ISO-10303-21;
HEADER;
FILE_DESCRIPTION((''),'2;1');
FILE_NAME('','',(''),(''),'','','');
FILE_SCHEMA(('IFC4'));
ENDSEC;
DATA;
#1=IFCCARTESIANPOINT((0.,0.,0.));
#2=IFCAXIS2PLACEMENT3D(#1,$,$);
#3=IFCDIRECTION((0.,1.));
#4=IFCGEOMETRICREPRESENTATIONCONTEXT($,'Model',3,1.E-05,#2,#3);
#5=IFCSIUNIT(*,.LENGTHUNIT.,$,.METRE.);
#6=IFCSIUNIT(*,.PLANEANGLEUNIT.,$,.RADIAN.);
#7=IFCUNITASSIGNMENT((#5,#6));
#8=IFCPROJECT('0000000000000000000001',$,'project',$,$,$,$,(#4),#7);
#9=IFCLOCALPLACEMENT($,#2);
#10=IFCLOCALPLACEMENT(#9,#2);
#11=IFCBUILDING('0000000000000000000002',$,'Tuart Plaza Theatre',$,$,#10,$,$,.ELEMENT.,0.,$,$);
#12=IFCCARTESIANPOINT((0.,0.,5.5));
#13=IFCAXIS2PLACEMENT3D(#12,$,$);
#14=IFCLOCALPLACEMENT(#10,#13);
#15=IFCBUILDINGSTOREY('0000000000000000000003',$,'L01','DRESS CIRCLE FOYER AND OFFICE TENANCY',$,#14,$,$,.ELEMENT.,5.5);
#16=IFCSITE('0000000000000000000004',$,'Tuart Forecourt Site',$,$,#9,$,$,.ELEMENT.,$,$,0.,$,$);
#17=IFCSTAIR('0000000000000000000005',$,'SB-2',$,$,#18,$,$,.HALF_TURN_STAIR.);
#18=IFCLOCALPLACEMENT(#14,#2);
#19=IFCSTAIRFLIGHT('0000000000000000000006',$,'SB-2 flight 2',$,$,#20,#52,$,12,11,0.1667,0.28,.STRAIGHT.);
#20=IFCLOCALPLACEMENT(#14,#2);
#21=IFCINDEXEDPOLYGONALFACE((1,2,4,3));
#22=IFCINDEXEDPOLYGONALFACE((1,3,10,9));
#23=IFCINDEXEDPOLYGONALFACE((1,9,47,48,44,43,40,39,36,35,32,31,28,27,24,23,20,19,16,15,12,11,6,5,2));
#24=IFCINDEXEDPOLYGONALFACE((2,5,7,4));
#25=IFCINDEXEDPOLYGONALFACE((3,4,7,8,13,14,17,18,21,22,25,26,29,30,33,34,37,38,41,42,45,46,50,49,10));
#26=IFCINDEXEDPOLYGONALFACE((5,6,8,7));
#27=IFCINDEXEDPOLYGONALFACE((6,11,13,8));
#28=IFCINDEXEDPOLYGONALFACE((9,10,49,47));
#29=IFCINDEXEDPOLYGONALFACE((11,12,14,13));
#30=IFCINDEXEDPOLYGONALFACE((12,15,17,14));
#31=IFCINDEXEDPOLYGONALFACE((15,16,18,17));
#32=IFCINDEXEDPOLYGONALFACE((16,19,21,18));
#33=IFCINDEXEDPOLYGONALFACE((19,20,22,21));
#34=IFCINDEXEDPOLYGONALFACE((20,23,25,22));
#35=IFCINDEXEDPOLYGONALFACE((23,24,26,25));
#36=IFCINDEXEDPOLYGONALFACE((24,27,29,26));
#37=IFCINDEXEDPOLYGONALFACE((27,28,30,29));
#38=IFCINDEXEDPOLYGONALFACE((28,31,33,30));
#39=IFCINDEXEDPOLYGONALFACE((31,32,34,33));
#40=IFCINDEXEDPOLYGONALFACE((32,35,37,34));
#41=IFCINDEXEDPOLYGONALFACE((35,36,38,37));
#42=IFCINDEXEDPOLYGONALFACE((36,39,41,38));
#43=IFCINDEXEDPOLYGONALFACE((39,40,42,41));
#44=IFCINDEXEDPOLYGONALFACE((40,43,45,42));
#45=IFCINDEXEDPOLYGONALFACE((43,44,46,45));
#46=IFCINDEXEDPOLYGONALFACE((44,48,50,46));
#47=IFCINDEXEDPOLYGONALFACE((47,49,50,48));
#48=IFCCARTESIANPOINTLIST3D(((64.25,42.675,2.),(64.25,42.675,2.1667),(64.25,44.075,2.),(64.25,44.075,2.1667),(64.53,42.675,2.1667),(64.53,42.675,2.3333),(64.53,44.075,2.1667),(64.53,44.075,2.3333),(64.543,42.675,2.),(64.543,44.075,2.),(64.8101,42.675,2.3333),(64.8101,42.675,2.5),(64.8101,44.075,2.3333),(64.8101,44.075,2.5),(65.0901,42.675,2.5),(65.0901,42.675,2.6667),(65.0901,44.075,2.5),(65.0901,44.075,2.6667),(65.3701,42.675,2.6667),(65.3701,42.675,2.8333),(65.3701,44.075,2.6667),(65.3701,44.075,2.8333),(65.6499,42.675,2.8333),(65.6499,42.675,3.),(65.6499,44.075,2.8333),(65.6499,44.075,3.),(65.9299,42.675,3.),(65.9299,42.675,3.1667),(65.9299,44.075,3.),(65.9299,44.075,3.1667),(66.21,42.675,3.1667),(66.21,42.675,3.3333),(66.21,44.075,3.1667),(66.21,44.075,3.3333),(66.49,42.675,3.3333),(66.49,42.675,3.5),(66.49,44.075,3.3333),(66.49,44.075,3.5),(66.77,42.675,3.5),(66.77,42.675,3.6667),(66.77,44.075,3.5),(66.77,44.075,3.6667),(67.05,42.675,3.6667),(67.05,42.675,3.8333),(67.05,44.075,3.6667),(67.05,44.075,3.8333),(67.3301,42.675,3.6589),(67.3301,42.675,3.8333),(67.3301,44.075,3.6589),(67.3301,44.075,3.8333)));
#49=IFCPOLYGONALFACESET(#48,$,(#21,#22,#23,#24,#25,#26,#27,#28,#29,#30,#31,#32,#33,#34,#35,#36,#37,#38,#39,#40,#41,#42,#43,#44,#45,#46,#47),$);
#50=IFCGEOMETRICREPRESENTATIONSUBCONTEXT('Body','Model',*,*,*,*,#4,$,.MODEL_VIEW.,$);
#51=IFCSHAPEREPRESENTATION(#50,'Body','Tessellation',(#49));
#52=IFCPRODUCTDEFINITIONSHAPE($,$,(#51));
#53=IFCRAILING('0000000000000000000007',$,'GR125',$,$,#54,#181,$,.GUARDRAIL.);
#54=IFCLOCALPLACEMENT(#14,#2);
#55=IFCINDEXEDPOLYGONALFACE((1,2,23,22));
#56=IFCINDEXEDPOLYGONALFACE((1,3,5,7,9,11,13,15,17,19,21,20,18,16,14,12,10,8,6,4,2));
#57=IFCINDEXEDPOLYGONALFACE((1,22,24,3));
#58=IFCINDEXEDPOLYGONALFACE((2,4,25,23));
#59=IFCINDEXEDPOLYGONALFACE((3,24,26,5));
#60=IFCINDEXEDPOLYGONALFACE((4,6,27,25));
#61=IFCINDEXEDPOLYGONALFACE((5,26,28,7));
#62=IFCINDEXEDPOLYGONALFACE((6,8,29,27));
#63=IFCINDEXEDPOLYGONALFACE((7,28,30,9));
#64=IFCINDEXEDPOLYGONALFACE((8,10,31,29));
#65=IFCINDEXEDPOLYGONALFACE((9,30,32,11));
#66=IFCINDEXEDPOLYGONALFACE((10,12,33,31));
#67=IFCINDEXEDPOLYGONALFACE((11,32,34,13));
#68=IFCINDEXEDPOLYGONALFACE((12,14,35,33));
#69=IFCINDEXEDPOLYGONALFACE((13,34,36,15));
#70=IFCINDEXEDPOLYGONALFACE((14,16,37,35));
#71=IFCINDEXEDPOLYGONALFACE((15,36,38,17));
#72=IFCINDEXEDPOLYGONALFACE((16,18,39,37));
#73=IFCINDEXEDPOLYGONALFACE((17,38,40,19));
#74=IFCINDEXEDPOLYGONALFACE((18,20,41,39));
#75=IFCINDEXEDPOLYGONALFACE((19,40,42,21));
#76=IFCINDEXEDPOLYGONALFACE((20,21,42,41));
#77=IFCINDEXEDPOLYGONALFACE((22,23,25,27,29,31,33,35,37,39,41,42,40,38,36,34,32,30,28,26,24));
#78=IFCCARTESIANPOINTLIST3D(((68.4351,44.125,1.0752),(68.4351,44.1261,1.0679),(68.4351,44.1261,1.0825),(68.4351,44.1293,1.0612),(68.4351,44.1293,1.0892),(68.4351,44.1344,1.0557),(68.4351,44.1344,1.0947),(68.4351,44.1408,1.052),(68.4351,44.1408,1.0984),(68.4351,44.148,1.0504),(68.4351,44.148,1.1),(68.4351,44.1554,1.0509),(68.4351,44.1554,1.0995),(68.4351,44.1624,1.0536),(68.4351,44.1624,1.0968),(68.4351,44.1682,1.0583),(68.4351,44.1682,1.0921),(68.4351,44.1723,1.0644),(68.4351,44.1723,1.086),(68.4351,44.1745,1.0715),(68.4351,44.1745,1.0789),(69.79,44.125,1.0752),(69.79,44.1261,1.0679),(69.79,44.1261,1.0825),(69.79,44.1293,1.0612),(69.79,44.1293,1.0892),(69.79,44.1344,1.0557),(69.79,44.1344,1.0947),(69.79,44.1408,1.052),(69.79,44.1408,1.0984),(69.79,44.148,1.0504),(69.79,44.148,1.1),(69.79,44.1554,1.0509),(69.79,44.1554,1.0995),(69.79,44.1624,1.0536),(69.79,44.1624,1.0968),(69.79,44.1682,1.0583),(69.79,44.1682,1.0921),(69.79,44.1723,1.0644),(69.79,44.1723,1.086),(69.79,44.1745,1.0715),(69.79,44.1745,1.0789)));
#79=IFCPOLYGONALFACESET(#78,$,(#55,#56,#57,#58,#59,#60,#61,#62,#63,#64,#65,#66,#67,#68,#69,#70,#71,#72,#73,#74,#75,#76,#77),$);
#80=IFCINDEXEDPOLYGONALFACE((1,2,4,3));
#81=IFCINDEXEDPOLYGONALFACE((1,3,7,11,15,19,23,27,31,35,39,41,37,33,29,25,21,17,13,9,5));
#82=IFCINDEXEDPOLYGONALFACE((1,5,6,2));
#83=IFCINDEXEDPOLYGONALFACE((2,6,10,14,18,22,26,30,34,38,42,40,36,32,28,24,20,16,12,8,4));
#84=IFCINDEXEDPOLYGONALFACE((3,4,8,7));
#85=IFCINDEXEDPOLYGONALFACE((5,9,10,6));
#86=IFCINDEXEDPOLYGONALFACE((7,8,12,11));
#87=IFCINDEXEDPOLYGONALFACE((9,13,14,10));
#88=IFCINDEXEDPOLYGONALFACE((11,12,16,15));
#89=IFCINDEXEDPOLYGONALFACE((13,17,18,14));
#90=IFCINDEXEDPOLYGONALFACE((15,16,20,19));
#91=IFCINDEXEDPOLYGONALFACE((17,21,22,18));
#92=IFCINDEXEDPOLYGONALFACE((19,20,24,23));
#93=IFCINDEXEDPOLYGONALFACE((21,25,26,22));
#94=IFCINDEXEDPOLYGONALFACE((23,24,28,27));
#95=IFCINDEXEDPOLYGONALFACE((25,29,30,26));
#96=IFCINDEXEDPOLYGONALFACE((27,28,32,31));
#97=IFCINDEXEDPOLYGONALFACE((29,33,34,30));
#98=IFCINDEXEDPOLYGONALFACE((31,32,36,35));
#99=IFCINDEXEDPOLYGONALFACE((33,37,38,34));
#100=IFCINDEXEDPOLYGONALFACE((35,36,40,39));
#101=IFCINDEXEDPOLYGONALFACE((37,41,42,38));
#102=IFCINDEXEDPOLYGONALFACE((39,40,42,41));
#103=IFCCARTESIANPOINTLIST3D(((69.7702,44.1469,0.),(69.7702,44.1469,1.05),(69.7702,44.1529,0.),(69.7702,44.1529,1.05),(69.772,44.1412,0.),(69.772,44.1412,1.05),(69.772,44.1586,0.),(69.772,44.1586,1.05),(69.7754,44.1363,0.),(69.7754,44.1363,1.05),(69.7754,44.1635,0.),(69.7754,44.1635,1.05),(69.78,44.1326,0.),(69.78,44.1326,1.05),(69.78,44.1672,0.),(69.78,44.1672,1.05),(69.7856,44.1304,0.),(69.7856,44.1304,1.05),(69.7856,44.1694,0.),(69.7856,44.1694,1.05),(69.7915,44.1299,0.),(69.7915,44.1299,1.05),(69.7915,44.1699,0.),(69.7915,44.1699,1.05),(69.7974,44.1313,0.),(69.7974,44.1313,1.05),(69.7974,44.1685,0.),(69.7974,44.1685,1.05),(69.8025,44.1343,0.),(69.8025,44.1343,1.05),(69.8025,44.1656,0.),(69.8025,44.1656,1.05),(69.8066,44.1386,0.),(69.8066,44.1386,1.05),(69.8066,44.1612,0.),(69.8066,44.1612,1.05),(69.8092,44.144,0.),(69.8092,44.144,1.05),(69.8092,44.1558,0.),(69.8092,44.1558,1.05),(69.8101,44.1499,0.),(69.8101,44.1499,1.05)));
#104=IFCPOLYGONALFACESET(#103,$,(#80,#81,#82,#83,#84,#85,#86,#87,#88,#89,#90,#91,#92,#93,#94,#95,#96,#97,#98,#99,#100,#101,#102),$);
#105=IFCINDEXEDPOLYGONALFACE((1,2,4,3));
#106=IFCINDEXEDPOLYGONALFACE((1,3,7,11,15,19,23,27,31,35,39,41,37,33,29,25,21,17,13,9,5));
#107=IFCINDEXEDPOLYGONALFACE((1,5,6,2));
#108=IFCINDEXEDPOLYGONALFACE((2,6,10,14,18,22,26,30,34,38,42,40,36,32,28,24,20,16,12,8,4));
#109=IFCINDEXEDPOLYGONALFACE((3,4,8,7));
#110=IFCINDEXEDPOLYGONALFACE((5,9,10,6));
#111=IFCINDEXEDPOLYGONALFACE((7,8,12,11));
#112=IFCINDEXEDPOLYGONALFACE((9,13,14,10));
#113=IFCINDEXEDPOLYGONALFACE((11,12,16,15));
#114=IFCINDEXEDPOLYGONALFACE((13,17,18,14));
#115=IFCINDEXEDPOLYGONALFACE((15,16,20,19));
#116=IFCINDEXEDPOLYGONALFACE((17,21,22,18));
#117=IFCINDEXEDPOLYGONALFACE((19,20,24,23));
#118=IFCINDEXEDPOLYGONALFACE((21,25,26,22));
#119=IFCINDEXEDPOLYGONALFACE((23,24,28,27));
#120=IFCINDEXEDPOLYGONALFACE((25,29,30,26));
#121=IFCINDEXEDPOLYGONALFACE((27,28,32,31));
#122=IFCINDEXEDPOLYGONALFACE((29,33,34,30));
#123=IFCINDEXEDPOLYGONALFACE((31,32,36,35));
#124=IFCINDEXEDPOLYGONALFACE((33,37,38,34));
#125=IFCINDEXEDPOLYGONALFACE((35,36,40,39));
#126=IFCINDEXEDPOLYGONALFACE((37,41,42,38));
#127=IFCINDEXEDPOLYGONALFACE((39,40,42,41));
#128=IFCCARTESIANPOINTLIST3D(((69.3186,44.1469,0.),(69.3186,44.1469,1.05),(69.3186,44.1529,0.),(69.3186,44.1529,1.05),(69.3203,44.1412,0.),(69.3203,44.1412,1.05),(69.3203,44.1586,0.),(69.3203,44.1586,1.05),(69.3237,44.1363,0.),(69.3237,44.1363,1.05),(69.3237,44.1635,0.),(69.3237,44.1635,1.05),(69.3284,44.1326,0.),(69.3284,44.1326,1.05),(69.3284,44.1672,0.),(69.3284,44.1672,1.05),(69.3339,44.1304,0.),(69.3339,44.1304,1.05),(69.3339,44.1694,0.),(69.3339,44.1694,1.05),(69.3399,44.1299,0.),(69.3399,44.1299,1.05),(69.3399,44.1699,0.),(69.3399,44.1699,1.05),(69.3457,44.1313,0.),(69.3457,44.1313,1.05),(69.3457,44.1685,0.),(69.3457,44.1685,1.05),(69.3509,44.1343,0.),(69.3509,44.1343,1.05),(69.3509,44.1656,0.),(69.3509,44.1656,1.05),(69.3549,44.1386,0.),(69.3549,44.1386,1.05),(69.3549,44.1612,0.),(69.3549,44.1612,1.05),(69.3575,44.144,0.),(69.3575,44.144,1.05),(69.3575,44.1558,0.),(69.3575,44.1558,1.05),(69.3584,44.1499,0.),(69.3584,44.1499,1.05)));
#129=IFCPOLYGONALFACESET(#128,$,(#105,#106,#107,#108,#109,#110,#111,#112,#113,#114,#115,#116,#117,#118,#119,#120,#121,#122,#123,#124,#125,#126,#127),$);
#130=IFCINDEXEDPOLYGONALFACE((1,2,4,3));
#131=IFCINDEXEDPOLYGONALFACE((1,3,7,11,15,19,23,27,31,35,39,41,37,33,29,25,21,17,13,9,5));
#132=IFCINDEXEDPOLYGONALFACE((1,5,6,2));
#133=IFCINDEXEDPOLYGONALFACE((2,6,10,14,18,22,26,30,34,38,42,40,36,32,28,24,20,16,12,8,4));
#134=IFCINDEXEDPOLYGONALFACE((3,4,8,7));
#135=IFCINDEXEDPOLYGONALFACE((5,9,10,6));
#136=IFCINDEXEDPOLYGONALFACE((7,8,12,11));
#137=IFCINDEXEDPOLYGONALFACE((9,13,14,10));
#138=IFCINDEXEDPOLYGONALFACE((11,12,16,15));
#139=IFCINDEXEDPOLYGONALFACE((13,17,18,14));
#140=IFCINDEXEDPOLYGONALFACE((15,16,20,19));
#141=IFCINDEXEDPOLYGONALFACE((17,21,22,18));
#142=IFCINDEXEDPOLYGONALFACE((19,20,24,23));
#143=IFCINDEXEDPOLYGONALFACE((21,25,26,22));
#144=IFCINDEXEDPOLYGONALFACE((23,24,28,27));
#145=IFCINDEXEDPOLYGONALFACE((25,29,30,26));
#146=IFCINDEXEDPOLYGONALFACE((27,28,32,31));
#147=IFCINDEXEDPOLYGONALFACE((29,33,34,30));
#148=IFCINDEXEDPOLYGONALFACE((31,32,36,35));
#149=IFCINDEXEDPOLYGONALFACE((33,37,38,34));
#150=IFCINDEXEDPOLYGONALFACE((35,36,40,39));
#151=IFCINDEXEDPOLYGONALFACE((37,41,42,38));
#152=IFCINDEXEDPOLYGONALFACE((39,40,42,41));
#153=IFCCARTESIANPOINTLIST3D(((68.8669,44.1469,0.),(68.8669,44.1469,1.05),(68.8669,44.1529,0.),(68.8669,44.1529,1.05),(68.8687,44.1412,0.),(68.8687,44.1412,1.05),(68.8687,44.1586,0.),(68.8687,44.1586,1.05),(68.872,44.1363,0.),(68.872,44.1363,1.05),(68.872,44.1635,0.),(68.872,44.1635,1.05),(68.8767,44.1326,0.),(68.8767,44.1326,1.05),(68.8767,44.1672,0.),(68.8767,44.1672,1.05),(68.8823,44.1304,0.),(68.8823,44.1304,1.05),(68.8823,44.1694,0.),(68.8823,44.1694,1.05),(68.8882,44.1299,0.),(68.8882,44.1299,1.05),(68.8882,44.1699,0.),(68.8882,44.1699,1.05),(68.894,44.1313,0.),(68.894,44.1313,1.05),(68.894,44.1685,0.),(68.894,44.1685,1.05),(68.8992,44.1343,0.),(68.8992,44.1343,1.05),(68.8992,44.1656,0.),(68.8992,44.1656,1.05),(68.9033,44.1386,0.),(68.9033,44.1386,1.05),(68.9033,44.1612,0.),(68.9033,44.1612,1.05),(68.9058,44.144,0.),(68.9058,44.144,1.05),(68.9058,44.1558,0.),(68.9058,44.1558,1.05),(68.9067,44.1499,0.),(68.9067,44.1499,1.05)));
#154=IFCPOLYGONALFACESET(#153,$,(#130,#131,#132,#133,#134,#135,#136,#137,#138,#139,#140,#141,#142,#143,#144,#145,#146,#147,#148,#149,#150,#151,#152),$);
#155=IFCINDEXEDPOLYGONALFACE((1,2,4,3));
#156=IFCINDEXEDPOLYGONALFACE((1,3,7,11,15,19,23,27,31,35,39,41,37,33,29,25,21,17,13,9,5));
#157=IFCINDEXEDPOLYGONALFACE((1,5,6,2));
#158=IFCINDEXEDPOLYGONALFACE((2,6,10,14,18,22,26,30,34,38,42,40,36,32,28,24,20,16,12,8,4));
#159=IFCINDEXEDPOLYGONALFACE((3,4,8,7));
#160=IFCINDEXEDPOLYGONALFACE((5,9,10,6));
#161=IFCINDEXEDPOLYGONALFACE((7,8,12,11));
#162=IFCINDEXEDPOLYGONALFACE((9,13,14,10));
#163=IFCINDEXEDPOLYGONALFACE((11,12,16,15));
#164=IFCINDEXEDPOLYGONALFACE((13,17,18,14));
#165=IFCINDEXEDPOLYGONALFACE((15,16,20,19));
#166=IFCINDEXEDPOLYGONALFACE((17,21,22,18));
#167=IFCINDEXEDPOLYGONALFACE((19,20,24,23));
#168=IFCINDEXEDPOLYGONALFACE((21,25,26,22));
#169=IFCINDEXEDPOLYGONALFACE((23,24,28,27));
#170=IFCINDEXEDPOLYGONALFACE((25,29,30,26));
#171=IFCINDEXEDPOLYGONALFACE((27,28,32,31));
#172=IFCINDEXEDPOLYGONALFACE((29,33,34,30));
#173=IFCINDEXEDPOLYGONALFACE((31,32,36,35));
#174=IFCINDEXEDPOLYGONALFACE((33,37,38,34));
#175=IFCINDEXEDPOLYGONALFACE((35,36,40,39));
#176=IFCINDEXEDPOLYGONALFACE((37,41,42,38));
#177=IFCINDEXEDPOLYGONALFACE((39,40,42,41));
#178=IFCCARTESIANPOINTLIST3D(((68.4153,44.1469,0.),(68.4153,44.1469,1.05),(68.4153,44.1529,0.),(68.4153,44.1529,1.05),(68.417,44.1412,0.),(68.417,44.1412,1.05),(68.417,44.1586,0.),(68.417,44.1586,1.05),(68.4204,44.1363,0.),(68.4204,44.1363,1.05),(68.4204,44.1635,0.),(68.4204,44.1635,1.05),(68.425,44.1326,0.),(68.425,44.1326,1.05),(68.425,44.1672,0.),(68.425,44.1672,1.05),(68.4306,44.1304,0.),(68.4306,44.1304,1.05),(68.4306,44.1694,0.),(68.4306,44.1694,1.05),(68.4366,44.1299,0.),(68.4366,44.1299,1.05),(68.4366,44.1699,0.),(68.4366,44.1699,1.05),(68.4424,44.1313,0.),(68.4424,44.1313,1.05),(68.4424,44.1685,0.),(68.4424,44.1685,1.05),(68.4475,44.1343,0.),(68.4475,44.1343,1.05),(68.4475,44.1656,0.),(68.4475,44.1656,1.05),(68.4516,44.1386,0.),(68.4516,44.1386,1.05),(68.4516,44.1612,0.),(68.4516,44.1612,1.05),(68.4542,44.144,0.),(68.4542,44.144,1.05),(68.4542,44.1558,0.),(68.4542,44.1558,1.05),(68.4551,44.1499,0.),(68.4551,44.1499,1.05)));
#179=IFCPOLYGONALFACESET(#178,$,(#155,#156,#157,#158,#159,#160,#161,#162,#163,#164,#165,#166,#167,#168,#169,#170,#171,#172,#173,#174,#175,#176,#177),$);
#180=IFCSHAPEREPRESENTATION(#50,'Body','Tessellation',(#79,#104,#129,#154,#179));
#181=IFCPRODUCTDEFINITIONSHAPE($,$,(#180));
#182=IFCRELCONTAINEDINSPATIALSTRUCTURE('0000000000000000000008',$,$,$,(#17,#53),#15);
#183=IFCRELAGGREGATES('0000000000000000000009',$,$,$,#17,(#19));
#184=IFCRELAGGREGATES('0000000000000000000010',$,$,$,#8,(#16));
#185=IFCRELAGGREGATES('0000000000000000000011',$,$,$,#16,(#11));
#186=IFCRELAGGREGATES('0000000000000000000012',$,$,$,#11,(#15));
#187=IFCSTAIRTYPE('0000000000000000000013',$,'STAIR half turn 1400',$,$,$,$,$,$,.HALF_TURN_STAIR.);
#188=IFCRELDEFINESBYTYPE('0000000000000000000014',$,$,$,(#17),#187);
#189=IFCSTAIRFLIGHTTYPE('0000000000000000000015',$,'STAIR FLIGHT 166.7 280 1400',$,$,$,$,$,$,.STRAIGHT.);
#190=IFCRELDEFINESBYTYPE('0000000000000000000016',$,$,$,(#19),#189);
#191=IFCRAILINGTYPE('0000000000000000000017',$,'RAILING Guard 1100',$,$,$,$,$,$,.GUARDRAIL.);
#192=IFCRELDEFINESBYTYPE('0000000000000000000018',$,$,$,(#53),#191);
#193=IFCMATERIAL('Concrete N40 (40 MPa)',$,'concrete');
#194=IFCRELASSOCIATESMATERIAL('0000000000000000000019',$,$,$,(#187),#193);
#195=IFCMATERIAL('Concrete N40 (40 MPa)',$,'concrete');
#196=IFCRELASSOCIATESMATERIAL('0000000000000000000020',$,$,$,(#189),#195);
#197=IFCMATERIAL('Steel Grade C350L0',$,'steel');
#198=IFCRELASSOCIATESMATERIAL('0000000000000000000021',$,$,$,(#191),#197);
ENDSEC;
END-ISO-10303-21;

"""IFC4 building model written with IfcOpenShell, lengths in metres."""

from ifc_helpers import new_model, si_unit, direction, frame, origin, origin_2d, place, context, subcontext, project, spatial, polyline, circle, outline, extrude, material, type_object, element, aggregate, save


model = new_model("IFC4")

# Units and contexts
model_context = context("Model", 3, precision=1e-05, world=origin(), true_north=direction((0.0, 1.0)))
body_context = subcontext(model_context, "Body", "Model", "MODEL_VIEW")
ifc_project = project(units=[si_unit("LENGTHUNIT", "METRE"), si_unit("PLANEANGLEUNIT", "RADIAN")], contexts=[model_context])

# Site, building, storey
site_placement = place(None, origin())
site = spatial("IfcSite", under=ifc_project, at=site_placement, Name="Tuart Forecourt Site", CompositionType="ELEMENT", RefElevation=0.0)
building_placement = place(site_placement, origin())
building = spatial("IfcBuilding", under=site, at=building_placement, Name="Tuart Plaza Theatre", CompositionType="ELEMENT", ElevationOfRefHeight=0.0)
storey_placement = place(building_placement, frame((0.0, 0.0, 5.5)))
storey = spatial("IfcBuildingStorey", under=building, at=storey_placement, Name="L01", Description="DRESS CIRCLE FOYER AND OFFICE TENANCY", CompositionType="ELEMENT", Elevation=5.5)

# Stair, stair flight
ifc_material_1 = material(Name="Concrete N40 (40 MPa)", Category="concrete")
stair_type = type_object("IfcStairType", Name="STAIR half turn 1400", PredefinedType="HALF_TURN_STAIR", material=ifc_material_1)
stair_placement = place(storey_placement, origin())
stair = element("IfcStair", 1, at=stair_placement, inside=storey, type_object=stair_type, Name="SB-2", PredefinedType="HALF_TURN_STAIR")
ifc_material_2 = material(Name="Concrete N40 (40 MPa)", Category="concrete")
stair_flight_type = type_object("IfcStairFlightType", Name="STAIR FLIGHT 166.7 280 1400", PredefinedType="STRAIGHT", material=ifc_material_2)
stair_flight_1_placement = place(storey_placement, frame((64.25, 43.375, 2.0), z_axis=(0.0, 0.0, 1.0), x_axis=(1.0, 0.0, 0.0)))
stair_flight_1 = element("IfcStairFlight", 2, at=stair_flight_1_placement, type_object=stair_flight_type, Name="SB-2 flight 2", NumberOfRisers=12, NumberOfTreads=11, PredefinedType="STRAIGHT", RiserHeight=0.1667, TreadLength=0.28, context=body_context, shape_type="SweptSolid", body=[
    extrude(outline(polyline([(0.0, 0.0), (0.0, 0.1667), (0.28, 0.1667), (0.28, 0.3333), (0.5601, 0.3333), (0.5601, 0.5), (0.8401, 0.5), (0.8401, 0.6667), (1.1201, 0.6667), (1.1201, 0.8333), (1.3999, 0.8333), (1.3999, 1.0), (1.6799, 1.0), (1.6799, 1.1667), (1.96, 1.1667), (1.96, 1.3333), (2.24, 1.3333), (2.24, 1.5), (2.52, 1.5), (2.52, 1.6667), (2.8, 1.6667), (2.8, 1.8333), (3.0801, 1.8333), (3.0801, 2.0), (3.0801, 1.6589), (0.293, 0.0), (0.0, 0.0)])), frame((0.0, 0.7, 0.0), z_axis=(0.0, -1.0, 0.0), x_axis=(1.0, 0.0, 0.0)), (0.0, 0.0, 1.0), 1.3999),
])
aggregate(stair, [stair_flight_1])

# Railing
ifc_material_3 = material(Name="Steel Grade C350L0", Category="steel")
railing_type_1 = type_object("IfcRailingType", Name="RAILING Guard 1100", PredefinedType="GUARDRAIL", material=ifc_material_3)
railing_1_placement = place(storey_placement, frame((69.79, 44.1499, 0.0)))
element("IfcRailing", 3, at=railing_1_placement, inside=storey, type_object=railing_type_1, Name="GR125", PredefinedType="GUARDRAIL", context=body_context, shape_type="SweptSolid", body=[
    extrude(circle(Radius=0.0249, at=origin_2d()), frame((0.0, 0.0, 1.0752), z_axis=(-1.0, 0.0, 0.0), x_axis=(0.0, -1.0, 0.0)), (0.0, 0.0, 1.0), 1.355),
    extrude(circle(Radius=0.02, at=origin_2d()), origin(), (0.0, 0.0, 1.0), 1.05),
    extrude(circle(Radius=0.02, at=origin_2d()), frame((-0.4517, 0.0, 0.0)), (0.0, 0.0, 1.0), 1.05),
    extrude(circle(Radius=0.02, at=origin_2d()), frame((-0.9033, 0.0, 0.0)), (0.0, 0.0, 1.0), 1.05),
    extrude(circle(Radius=0.02, at=origin_2d()), frame((-1.355, 0.0, 0.0)), (0.0, 0.0, 1.0), 1.05),
])

save(model, "model.ifc")
